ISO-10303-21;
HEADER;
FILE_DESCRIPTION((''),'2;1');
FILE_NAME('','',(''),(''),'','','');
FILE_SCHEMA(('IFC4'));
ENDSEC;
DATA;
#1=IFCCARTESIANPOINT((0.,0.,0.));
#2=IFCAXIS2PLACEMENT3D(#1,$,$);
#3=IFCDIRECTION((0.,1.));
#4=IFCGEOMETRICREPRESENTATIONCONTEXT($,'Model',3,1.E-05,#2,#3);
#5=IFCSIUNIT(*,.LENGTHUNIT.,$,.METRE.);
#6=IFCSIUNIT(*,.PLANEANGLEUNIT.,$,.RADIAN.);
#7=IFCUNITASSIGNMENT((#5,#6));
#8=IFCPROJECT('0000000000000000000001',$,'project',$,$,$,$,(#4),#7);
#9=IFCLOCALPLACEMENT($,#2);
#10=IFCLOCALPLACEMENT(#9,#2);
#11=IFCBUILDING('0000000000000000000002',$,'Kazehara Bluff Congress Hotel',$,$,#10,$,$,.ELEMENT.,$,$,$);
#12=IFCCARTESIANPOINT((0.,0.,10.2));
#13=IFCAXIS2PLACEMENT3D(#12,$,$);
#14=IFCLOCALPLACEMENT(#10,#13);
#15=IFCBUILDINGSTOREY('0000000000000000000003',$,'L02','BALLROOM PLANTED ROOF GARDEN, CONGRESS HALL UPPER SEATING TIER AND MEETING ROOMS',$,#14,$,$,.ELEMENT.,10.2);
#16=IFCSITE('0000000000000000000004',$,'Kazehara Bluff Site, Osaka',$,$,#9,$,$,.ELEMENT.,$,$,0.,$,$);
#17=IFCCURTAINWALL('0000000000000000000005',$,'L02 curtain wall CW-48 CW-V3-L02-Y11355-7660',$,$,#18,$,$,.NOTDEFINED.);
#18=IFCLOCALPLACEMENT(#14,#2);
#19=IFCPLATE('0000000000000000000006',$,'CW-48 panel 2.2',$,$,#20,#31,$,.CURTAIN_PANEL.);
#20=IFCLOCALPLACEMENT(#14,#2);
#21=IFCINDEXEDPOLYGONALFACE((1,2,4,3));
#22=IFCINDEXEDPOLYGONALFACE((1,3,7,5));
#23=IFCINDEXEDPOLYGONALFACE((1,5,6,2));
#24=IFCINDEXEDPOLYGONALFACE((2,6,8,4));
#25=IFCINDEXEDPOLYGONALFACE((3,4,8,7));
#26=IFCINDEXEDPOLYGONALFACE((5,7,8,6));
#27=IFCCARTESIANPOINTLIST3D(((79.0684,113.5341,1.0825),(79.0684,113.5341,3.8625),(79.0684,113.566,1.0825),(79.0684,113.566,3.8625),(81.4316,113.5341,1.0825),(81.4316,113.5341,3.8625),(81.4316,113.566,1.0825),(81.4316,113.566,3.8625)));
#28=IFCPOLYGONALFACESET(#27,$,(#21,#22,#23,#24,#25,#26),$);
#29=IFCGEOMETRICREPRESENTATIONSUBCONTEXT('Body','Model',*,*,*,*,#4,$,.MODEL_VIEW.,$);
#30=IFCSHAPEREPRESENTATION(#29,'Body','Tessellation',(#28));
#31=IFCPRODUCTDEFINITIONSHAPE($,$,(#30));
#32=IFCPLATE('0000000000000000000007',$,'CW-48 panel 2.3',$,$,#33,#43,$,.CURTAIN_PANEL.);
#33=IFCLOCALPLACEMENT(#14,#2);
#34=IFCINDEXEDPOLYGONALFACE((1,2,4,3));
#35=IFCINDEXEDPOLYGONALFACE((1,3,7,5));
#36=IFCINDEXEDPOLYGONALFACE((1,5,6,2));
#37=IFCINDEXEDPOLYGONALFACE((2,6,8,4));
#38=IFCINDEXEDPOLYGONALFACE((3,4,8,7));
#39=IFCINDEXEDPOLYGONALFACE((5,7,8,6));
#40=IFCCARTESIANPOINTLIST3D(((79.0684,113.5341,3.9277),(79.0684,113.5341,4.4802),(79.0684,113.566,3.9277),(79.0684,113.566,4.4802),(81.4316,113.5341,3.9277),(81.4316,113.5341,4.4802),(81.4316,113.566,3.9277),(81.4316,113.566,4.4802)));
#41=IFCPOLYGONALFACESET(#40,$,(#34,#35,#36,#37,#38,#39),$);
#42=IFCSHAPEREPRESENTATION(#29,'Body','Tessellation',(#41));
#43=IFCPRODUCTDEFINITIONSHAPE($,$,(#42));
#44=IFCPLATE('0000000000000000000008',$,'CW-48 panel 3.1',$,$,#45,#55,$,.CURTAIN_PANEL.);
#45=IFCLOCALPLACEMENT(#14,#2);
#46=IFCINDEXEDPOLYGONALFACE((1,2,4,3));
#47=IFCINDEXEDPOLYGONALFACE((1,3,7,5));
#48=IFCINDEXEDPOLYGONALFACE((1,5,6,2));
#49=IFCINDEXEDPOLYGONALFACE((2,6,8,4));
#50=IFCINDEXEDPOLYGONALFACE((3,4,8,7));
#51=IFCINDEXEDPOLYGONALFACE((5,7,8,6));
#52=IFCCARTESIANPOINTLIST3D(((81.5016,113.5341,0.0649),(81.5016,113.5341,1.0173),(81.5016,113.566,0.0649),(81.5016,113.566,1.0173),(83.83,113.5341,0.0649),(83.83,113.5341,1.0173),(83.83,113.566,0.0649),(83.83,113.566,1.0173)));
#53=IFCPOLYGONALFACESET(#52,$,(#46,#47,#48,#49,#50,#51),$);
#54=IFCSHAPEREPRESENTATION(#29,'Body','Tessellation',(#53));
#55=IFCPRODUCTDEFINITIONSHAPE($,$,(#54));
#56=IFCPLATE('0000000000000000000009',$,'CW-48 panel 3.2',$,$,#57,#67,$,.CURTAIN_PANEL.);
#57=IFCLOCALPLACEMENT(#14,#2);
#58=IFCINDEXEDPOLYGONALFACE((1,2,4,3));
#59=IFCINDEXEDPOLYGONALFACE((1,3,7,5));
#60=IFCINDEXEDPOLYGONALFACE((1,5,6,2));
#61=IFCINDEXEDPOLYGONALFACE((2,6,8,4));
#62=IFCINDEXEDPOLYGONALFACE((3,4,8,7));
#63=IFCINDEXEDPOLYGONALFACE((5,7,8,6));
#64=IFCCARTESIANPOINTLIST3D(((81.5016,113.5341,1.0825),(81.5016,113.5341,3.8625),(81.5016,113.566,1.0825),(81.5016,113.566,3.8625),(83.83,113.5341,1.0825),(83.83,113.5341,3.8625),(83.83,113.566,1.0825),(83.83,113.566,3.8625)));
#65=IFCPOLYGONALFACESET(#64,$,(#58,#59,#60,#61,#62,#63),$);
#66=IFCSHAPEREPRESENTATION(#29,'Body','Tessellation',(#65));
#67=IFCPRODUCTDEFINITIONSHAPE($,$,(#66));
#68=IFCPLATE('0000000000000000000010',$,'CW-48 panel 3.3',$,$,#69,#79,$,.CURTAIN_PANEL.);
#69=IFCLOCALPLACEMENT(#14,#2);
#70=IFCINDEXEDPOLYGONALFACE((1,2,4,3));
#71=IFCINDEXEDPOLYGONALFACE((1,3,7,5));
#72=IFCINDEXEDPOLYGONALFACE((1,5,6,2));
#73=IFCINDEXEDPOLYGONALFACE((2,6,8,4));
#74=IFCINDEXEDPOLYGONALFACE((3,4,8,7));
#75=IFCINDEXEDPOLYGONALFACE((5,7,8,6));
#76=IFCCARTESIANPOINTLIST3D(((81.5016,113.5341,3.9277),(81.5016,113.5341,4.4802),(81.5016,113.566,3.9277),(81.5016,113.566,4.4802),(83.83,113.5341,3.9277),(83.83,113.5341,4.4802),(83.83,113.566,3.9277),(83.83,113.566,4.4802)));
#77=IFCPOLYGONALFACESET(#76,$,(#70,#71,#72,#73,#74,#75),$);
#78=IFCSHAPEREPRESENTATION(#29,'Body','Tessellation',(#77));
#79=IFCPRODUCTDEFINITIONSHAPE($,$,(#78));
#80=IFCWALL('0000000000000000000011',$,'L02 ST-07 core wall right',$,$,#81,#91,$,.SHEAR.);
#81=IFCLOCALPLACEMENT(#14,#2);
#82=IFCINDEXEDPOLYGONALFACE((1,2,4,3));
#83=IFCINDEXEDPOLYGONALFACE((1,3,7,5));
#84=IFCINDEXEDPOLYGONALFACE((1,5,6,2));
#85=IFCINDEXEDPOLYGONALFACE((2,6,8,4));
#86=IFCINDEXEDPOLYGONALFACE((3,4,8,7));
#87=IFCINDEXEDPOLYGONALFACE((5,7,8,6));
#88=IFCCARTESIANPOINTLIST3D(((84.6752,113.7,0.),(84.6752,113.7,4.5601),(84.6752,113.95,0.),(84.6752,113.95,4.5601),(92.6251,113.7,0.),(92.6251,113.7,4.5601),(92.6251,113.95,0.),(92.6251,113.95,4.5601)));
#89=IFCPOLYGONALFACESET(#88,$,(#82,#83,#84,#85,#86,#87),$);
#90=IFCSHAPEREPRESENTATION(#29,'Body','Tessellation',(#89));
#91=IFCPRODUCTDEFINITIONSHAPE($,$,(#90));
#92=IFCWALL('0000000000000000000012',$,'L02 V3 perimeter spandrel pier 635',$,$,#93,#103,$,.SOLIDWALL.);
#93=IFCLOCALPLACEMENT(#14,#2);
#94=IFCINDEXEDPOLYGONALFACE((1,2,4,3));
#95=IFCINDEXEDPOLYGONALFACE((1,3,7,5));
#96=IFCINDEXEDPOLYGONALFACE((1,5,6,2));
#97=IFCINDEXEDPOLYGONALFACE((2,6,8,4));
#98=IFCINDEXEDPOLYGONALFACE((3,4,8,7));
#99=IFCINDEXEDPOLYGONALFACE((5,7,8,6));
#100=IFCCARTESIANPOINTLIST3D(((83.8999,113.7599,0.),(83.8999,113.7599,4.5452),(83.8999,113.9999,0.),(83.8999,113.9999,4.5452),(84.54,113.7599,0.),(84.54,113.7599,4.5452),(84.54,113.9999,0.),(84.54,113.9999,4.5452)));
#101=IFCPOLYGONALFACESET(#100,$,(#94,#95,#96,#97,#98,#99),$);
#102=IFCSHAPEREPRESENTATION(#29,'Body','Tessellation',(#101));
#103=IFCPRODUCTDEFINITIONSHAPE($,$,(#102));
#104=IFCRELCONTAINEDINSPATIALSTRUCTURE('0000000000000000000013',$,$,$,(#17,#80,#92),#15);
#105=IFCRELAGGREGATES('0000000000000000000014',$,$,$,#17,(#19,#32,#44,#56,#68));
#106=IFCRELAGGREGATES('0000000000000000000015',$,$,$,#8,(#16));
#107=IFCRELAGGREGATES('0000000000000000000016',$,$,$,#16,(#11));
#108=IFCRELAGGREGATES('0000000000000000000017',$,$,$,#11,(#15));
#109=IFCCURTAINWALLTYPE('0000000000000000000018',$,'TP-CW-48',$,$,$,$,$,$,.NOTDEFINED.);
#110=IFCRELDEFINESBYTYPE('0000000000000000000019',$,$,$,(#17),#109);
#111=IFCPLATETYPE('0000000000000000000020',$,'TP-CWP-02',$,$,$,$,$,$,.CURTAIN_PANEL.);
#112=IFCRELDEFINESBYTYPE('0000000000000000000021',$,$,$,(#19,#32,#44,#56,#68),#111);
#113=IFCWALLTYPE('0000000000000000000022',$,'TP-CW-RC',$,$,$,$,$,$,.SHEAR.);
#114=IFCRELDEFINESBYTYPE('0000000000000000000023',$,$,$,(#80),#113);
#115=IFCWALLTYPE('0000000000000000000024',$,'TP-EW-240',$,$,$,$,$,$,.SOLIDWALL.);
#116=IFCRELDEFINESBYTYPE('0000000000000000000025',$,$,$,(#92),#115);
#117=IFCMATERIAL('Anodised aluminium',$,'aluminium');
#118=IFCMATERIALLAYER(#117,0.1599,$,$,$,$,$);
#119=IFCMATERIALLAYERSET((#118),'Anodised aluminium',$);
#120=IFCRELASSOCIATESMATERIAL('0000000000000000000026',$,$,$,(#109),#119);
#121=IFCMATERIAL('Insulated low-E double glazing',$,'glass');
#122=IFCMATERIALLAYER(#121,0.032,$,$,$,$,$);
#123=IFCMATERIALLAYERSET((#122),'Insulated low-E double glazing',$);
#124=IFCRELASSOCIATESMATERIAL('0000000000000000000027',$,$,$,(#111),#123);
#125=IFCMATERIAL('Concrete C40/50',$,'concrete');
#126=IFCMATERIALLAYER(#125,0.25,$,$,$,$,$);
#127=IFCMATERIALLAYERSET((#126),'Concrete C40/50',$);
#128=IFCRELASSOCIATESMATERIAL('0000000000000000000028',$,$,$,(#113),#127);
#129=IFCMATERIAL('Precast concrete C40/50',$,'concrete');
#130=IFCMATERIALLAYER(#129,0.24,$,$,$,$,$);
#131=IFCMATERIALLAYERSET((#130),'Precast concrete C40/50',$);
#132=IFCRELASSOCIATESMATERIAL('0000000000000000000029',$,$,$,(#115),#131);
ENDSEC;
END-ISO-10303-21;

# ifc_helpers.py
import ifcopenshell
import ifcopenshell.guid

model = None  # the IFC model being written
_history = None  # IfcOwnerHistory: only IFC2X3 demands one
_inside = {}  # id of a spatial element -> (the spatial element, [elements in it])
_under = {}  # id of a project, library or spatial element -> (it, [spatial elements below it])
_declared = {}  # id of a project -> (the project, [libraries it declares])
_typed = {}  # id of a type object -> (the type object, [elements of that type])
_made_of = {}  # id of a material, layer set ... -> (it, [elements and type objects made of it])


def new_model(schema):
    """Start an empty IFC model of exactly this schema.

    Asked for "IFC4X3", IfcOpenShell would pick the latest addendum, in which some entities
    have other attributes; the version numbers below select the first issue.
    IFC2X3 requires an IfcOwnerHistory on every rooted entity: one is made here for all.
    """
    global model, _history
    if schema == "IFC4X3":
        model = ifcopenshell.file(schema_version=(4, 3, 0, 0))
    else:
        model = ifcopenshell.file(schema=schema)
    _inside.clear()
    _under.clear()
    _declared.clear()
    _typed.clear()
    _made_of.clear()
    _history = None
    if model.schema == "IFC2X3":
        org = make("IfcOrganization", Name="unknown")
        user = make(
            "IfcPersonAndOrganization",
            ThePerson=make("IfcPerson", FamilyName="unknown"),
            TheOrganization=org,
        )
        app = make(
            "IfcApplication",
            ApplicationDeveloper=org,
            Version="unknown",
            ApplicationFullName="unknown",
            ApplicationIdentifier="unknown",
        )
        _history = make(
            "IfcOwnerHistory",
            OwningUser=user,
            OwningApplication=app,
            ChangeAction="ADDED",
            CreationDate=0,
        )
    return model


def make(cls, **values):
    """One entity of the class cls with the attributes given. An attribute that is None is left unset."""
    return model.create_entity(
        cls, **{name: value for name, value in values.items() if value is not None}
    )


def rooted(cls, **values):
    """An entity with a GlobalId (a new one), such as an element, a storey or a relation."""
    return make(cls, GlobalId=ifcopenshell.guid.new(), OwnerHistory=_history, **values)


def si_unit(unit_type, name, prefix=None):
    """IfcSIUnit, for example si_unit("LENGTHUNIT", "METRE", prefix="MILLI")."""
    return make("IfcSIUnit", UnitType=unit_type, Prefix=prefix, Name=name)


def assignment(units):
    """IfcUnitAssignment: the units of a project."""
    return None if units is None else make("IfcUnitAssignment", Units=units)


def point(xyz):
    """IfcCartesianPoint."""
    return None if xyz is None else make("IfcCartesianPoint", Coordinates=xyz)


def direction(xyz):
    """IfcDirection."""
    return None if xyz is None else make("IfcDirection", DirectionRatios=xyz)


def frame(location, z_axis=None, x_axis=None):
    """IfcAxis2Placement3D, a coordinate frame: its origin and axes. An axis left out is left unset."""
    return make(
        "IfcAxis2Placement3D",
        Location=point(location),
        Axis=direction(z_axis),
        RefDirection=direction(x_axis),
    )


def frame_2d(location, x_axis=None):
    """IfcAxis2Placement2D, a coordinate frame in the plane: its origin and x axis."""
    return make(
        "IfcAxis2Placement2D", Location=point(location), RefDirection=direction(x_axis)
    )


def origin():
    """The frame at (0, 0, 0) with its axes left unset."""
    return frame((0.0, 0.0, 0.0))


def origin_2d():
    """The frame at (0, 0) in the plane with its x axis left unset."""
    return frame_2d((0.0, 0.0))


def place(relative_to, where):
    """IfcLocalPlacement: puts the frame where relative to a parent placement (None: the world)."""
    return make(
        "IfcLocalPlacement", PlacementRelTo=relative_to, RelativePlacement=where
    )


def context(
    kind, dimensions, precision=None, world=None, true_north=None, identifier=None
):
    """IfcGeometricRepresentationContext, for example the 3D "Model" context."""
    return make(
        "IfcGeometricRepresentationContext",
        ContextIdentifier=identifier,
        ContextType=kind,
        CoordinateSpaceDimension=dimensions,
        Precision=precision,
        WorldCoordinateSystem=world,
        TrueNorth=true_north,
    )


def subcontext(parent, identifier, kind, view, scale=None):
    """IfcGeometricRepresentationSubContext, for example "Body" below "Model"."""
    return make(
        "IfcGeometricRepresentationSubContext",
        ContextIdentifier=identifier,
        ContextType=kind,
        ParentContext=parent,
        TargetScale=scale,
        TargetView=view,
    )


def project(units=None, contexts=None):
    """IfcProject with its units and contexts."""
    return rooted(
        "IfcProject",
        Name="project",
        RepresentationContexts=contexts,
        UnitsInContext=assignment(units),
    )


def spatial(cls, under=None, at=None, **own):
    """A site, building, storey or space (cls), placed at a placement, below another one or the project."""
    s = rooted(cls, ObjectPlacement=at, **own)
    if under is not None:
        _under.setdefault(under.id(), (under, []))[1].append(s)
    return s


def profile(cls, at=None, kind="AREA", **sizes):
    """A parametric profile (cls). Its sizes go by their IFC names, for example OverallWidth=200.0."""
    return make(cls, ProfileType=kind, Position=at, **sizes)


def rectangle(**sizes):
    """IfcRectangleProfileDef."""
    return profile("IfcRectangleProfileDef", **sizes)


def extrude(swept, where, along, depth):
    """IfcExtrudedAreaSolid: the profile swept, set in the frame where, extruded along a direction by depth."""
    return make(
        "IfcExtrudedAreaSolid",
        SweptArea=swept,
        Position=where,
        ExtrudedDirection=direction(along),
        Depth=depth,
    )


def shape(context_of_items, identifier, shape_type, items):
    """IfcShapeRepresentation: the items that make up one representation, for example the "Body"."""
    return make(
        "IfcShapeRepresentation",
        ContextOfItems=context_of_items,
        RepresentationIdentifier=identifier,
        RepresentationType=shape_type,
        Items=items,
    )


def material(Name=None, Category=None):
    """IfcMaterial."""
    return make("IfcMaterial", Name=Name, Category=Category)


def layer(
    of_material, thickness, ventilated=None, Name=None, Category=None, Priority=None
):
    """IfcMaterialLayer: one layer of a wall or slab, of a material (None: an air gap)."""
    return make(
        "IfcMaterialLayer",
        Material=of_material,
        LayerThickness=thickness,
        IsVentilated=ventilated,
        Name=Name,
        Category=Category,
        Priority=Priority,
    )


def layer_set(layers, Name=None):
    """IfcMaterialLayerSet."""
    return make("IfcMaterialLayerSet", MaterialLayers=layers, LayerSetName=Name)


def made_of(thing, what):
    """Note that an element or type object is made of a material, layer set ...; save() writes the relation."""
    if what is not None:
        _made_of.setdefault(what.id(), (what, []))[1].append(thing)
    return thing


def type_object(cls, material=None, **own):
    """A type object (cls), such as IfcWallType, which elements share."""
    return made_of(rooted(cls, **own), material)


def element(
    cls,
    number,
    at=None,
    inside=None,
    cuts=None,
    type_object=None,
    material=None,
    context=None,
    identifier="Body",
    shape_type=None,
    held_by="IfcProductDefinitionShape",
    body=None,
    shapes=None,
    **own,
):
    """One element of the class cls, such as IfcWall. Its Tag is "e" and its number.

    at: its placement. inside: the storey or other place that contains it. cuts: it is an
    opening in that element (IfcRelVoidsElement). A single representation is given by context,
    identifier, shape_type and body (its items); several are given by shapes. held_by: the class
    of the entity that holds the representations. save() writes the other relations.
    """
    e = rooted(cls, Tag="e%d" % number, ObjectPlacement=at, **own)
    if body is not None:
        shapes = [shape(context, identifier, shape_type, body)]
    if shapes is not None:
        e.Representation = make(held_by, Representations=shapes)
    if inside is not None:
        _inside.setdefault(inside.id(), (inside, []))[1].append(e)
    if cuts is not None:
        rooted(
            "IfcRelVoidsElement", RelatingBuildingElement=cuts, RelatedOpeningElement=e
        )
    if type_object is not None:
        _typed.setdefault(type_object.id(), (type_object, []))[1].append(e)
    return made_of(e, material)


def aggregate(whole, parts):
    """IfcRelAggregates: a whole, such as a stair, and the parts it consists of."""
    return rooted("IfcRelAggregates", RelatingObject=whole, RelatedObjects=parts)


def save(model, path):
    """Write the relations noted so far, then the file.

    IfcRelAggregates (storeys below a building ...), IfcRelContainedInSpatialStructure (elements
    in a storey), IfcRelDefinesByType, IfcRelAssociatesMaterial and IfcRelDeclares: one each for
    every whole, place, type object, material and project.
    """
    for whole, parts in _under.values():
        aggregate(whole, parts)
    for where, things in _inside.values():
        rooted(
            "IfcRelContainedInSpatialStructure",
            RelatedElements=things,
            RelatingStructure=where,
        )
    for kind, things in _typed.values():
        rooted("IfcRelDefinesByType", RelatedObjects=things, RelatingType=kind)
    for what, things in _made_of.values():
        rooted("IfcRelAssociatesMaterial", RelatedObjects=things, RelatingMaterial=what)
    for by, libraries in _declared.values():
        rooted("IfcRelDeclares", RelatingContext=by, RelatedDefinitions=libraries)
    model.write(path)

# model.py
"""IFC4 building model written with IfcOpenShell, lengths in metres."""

from ifc_helpers import new_model, si_unit, direction, frame, frame_2d, origin, origin_2d, place, context, subcontext, project, spatial, rectangle, extrude, material, layer, layer_set, type_object, element, aggregate, save


model = new_model("IFC4")

# Units and contexts
model_context = context("Model", 3, precision=1e-05, world=origin(), true_north=direction((0.0, 1.0)))
body_context = subcontext(model_context, "Body", "Model", "MODEL_VIEW")
ifc_project = project(units=[si_unit("LENGTHUNIT", "METRE"), si_unit("PLANEANGLEUNIT", "RADIAN")], contexts=[model_context])

# Site, building, storey
site_placement = place(None, origin())
site = spatial("IfcSite", under=ifc_project, at=site_placement, Name="Kazehara Bluff Site, Osaka", CompositionType="ELEMENT", RefElevation=0.0)
building_placement = place(site_placement, origin())
building = spatial("IfcBuilding", under=site, at=building_placement, Name="Kazehara Bluff Congress Hotel", CompositionType="ELEMENT")
storey_placement = place(building_placement, frame((0.0, 0.0, 10.2)))
storey = spatial("IfcBuildingStorey", under=building, at=storey_placement, Name="L02", Description="BALLROOM PLANTED ROOF GARDEN, CONGRESS HALL UPPER SEATING TIER AND MEETING ROOMS", CompositionType="ELEMENT", Elevation=10.2)

# Curtain wall, plates
ifc_material_1 = material(Name="Anodised aluminium", Category="aluminium")
ifc_layer_1 = layer(ifc_material_1, 0.1599)
ifc_layer_set_1 = layer_set([ifc_layer_1], Name="Anodised aluminium")
curtain_wall_type = type_object("IfcCurtainWallType", Name="TP-CW-48", PredefinedType="NOTDEFINED", material=ifc_layer_set_1)
curtain_wall_placement = place(storey_placement, origin())
curtain_wall = element("IfcCurtainWall", 1, at=curtain_wall_placement, inside=storey, type_object=curtain_wall_type, Name="L02 curtain wall CW-48 CW-V3-L02-Y11355-7660", PredefinedType="NOTDEFINED")
ifc_material_2 = material(Name="Insulated low-E double glazing", Category="glass")
ifc_layer_2 = layer(ifc_material_2, 0.032)
ifc_layer_set_2 = layer_set([ifc_layer_2], Name="Insulated low-E double glazing")
plate_type = type_object("IfcPlateType", Name="TP-CWP-02", PredefinedType="CURTAIN_PANEL", material=ifc_layer_set_2)
plate_1_placement = place(storey_placement, frame((80.25, 113.55, 1.0825), z_axis=(0.0, 0.0, 1.0), x_axis=(1.0, 0.0, 0.0)))
plate_1 = element("IfcPlate", 2, at=plate_1_placement, type_object=plate_type, Name="CW-48 panel 2.2", PredefinedType="CURTAIN_PANEL", context=body_context, shape_type="SweptSolid", body=[
    extrude(rectangle(XDim=2.3633, YDim=0.032, at=origin_2d()), origin(), (0.0, 0.0, 1.0), 2.78),
])
plate_2_placement = place(storey_placement, frame((80.25, 113.55, 3.9277), z_axis=(0.0, 0.0, 1.0), x_axis=(1.0, 0.0, 0.0)))
plate_2 = element("IfcPlate", 3, at=plate_2_placement, type_object=plate_type, Name="CW-48 panel 2.3", PredefinedType="CURTAIN_PANEL", context=body_context, shape_type="SweptSolid", body=[
    extrude(rectangle(XDim=2.3633, YDim=0.032, at=origin_2d()), origin(), (0.0, 0.0, 1.0), 0.5525),
])
plate_3_placement = place(storey_placement, frame((82.6658, 113.55, 0.0649), z_axis=(0.0, 0.0, 1.0), x_axis=(1.0, 0.0, 0.0)))
plate_3 = element("IfcPlate", 4, at=plate_3_placement, type_object=plate_type, Name="CW-48 panel 3.1", PredefinedType="CURTAIN_PANEL", context=body_context, shape_type="SweptSolid", body=[
    extrude(rectangle(XDim=2.3284, YDim=0.032, at=origin_2d()), origin(), (0.0, 0.0, 1.0), 0.9524),
])
plate_4_placement = place(storey_placement, frame((82.6658, 113.55, 1.0825), z_axis=(0.0, 0.0, 1.0), x_axis=(1.0, 0.0, 0.0)))
plate_4 = element("IfcPlate", 5, at=plate_4_placement, type_object=plate_type, Name="CW-48 panel 3.2", PredefinedType="CURTAIN_PANEL", context=body_context, shape_type="SweptSolid", body=[
    extrude(rectangle(XDim=2.3284, YDim=0.032, at=origin_2d()), origin(), (0.0, 0.0, 1.0), 2.78),
])
plate_5_placement = place(storey_placement, frame((82.6658, 113.55, 3.9277), z_axis=(0.0, 0.0, 1.0), x_axis=(1.0, 0.0, 0.0)))
plate_5 = element("IfcPlate", 6, at=plate_5_placement, type_object=plate_type, Name="CW-48 panel 3.3", PredefinedType="CURTAIN_PANEL", context=body_context, shape_type="SweptSolid", body=[
    extrude(rectangle(XDim=2.3284, YDim=0.032, at=origin_2d()), origin(), (0.0, 0.0, 1.0), 0.5525),
])
aggregate(curtain_wall, [plate_1, plate_2, plate_3, plate_4, plate_5])

# Walls
ifc_material_3 = material(Name="Concrete C40/50", Category="concrete")
ifc_layer_3 = layer(ifc_material_3, 0.25)
ifc_layer_set_3 = layer_set([ifc_layer_3], Name="Concrete C40/50")
wall_type_1 = type_object("IfcWallType", Name="TP-CW-RC", PredefinedType="SHEAR", material=ifc_layer_set_3)
wall_1_placement = place(storey_placement, frame((84.675, 113.825, 0.0), z_axis=(0.0, 0.0, 1.0), x_axis=(1.0, 0.0, 0.0)))
element("IfcWall", 7, at=wall_1_placement, inside=storey, type_object=wall_type_1, Name="L02 ST-07 core wall right", PredefinedType="SHEAR", context=body_context, shape_type="SweptSolid", body=[
    extrude(rectangle(XDim=7.95, YDim=0.25, at=frame_2d((3.9751, 0.0))), origin(), (0.0, 0.0, 1.0), 4.5601),
])
ifc_material_4 = material(Name="Precast concrete C40/50", Category="concrete")
ifc_layer_4 = layer(ifc_material_4, 0.24)
ifc_layer_set_4 = layer_set([ifc_layer_4], Name="Precast concrete C40/50")
wall_type_2 = type_object("IfcWallType", Name="TP-EW-240", PredefinedType="SOLIDWALL", material=ifc_layer_set_4)
wall_2_placement = place(storey_placement, frame((83.8999, 113.8799, 0.0), z_axis=(0.0, 0.0, 1.0), x_axis=(1.0, 0.0, 0.0)))
element("IfcWall", 8, at=wall_2_placement, inside=storey, type_object=wall_type_2, Name="L02 V3 perimeter spandrel pier 635", PredefinedType="SOLIDWALL", context=body_context, shape_type="SweptSolid", body=[
    extrude(rectangle(XDim=0.6401, YDim=0.24, at=frame_2d((0.3201, 0.0))), origin(), (0.0, 0.0, 1.0), 4.5452),
])

save(model, "model.ifc")
